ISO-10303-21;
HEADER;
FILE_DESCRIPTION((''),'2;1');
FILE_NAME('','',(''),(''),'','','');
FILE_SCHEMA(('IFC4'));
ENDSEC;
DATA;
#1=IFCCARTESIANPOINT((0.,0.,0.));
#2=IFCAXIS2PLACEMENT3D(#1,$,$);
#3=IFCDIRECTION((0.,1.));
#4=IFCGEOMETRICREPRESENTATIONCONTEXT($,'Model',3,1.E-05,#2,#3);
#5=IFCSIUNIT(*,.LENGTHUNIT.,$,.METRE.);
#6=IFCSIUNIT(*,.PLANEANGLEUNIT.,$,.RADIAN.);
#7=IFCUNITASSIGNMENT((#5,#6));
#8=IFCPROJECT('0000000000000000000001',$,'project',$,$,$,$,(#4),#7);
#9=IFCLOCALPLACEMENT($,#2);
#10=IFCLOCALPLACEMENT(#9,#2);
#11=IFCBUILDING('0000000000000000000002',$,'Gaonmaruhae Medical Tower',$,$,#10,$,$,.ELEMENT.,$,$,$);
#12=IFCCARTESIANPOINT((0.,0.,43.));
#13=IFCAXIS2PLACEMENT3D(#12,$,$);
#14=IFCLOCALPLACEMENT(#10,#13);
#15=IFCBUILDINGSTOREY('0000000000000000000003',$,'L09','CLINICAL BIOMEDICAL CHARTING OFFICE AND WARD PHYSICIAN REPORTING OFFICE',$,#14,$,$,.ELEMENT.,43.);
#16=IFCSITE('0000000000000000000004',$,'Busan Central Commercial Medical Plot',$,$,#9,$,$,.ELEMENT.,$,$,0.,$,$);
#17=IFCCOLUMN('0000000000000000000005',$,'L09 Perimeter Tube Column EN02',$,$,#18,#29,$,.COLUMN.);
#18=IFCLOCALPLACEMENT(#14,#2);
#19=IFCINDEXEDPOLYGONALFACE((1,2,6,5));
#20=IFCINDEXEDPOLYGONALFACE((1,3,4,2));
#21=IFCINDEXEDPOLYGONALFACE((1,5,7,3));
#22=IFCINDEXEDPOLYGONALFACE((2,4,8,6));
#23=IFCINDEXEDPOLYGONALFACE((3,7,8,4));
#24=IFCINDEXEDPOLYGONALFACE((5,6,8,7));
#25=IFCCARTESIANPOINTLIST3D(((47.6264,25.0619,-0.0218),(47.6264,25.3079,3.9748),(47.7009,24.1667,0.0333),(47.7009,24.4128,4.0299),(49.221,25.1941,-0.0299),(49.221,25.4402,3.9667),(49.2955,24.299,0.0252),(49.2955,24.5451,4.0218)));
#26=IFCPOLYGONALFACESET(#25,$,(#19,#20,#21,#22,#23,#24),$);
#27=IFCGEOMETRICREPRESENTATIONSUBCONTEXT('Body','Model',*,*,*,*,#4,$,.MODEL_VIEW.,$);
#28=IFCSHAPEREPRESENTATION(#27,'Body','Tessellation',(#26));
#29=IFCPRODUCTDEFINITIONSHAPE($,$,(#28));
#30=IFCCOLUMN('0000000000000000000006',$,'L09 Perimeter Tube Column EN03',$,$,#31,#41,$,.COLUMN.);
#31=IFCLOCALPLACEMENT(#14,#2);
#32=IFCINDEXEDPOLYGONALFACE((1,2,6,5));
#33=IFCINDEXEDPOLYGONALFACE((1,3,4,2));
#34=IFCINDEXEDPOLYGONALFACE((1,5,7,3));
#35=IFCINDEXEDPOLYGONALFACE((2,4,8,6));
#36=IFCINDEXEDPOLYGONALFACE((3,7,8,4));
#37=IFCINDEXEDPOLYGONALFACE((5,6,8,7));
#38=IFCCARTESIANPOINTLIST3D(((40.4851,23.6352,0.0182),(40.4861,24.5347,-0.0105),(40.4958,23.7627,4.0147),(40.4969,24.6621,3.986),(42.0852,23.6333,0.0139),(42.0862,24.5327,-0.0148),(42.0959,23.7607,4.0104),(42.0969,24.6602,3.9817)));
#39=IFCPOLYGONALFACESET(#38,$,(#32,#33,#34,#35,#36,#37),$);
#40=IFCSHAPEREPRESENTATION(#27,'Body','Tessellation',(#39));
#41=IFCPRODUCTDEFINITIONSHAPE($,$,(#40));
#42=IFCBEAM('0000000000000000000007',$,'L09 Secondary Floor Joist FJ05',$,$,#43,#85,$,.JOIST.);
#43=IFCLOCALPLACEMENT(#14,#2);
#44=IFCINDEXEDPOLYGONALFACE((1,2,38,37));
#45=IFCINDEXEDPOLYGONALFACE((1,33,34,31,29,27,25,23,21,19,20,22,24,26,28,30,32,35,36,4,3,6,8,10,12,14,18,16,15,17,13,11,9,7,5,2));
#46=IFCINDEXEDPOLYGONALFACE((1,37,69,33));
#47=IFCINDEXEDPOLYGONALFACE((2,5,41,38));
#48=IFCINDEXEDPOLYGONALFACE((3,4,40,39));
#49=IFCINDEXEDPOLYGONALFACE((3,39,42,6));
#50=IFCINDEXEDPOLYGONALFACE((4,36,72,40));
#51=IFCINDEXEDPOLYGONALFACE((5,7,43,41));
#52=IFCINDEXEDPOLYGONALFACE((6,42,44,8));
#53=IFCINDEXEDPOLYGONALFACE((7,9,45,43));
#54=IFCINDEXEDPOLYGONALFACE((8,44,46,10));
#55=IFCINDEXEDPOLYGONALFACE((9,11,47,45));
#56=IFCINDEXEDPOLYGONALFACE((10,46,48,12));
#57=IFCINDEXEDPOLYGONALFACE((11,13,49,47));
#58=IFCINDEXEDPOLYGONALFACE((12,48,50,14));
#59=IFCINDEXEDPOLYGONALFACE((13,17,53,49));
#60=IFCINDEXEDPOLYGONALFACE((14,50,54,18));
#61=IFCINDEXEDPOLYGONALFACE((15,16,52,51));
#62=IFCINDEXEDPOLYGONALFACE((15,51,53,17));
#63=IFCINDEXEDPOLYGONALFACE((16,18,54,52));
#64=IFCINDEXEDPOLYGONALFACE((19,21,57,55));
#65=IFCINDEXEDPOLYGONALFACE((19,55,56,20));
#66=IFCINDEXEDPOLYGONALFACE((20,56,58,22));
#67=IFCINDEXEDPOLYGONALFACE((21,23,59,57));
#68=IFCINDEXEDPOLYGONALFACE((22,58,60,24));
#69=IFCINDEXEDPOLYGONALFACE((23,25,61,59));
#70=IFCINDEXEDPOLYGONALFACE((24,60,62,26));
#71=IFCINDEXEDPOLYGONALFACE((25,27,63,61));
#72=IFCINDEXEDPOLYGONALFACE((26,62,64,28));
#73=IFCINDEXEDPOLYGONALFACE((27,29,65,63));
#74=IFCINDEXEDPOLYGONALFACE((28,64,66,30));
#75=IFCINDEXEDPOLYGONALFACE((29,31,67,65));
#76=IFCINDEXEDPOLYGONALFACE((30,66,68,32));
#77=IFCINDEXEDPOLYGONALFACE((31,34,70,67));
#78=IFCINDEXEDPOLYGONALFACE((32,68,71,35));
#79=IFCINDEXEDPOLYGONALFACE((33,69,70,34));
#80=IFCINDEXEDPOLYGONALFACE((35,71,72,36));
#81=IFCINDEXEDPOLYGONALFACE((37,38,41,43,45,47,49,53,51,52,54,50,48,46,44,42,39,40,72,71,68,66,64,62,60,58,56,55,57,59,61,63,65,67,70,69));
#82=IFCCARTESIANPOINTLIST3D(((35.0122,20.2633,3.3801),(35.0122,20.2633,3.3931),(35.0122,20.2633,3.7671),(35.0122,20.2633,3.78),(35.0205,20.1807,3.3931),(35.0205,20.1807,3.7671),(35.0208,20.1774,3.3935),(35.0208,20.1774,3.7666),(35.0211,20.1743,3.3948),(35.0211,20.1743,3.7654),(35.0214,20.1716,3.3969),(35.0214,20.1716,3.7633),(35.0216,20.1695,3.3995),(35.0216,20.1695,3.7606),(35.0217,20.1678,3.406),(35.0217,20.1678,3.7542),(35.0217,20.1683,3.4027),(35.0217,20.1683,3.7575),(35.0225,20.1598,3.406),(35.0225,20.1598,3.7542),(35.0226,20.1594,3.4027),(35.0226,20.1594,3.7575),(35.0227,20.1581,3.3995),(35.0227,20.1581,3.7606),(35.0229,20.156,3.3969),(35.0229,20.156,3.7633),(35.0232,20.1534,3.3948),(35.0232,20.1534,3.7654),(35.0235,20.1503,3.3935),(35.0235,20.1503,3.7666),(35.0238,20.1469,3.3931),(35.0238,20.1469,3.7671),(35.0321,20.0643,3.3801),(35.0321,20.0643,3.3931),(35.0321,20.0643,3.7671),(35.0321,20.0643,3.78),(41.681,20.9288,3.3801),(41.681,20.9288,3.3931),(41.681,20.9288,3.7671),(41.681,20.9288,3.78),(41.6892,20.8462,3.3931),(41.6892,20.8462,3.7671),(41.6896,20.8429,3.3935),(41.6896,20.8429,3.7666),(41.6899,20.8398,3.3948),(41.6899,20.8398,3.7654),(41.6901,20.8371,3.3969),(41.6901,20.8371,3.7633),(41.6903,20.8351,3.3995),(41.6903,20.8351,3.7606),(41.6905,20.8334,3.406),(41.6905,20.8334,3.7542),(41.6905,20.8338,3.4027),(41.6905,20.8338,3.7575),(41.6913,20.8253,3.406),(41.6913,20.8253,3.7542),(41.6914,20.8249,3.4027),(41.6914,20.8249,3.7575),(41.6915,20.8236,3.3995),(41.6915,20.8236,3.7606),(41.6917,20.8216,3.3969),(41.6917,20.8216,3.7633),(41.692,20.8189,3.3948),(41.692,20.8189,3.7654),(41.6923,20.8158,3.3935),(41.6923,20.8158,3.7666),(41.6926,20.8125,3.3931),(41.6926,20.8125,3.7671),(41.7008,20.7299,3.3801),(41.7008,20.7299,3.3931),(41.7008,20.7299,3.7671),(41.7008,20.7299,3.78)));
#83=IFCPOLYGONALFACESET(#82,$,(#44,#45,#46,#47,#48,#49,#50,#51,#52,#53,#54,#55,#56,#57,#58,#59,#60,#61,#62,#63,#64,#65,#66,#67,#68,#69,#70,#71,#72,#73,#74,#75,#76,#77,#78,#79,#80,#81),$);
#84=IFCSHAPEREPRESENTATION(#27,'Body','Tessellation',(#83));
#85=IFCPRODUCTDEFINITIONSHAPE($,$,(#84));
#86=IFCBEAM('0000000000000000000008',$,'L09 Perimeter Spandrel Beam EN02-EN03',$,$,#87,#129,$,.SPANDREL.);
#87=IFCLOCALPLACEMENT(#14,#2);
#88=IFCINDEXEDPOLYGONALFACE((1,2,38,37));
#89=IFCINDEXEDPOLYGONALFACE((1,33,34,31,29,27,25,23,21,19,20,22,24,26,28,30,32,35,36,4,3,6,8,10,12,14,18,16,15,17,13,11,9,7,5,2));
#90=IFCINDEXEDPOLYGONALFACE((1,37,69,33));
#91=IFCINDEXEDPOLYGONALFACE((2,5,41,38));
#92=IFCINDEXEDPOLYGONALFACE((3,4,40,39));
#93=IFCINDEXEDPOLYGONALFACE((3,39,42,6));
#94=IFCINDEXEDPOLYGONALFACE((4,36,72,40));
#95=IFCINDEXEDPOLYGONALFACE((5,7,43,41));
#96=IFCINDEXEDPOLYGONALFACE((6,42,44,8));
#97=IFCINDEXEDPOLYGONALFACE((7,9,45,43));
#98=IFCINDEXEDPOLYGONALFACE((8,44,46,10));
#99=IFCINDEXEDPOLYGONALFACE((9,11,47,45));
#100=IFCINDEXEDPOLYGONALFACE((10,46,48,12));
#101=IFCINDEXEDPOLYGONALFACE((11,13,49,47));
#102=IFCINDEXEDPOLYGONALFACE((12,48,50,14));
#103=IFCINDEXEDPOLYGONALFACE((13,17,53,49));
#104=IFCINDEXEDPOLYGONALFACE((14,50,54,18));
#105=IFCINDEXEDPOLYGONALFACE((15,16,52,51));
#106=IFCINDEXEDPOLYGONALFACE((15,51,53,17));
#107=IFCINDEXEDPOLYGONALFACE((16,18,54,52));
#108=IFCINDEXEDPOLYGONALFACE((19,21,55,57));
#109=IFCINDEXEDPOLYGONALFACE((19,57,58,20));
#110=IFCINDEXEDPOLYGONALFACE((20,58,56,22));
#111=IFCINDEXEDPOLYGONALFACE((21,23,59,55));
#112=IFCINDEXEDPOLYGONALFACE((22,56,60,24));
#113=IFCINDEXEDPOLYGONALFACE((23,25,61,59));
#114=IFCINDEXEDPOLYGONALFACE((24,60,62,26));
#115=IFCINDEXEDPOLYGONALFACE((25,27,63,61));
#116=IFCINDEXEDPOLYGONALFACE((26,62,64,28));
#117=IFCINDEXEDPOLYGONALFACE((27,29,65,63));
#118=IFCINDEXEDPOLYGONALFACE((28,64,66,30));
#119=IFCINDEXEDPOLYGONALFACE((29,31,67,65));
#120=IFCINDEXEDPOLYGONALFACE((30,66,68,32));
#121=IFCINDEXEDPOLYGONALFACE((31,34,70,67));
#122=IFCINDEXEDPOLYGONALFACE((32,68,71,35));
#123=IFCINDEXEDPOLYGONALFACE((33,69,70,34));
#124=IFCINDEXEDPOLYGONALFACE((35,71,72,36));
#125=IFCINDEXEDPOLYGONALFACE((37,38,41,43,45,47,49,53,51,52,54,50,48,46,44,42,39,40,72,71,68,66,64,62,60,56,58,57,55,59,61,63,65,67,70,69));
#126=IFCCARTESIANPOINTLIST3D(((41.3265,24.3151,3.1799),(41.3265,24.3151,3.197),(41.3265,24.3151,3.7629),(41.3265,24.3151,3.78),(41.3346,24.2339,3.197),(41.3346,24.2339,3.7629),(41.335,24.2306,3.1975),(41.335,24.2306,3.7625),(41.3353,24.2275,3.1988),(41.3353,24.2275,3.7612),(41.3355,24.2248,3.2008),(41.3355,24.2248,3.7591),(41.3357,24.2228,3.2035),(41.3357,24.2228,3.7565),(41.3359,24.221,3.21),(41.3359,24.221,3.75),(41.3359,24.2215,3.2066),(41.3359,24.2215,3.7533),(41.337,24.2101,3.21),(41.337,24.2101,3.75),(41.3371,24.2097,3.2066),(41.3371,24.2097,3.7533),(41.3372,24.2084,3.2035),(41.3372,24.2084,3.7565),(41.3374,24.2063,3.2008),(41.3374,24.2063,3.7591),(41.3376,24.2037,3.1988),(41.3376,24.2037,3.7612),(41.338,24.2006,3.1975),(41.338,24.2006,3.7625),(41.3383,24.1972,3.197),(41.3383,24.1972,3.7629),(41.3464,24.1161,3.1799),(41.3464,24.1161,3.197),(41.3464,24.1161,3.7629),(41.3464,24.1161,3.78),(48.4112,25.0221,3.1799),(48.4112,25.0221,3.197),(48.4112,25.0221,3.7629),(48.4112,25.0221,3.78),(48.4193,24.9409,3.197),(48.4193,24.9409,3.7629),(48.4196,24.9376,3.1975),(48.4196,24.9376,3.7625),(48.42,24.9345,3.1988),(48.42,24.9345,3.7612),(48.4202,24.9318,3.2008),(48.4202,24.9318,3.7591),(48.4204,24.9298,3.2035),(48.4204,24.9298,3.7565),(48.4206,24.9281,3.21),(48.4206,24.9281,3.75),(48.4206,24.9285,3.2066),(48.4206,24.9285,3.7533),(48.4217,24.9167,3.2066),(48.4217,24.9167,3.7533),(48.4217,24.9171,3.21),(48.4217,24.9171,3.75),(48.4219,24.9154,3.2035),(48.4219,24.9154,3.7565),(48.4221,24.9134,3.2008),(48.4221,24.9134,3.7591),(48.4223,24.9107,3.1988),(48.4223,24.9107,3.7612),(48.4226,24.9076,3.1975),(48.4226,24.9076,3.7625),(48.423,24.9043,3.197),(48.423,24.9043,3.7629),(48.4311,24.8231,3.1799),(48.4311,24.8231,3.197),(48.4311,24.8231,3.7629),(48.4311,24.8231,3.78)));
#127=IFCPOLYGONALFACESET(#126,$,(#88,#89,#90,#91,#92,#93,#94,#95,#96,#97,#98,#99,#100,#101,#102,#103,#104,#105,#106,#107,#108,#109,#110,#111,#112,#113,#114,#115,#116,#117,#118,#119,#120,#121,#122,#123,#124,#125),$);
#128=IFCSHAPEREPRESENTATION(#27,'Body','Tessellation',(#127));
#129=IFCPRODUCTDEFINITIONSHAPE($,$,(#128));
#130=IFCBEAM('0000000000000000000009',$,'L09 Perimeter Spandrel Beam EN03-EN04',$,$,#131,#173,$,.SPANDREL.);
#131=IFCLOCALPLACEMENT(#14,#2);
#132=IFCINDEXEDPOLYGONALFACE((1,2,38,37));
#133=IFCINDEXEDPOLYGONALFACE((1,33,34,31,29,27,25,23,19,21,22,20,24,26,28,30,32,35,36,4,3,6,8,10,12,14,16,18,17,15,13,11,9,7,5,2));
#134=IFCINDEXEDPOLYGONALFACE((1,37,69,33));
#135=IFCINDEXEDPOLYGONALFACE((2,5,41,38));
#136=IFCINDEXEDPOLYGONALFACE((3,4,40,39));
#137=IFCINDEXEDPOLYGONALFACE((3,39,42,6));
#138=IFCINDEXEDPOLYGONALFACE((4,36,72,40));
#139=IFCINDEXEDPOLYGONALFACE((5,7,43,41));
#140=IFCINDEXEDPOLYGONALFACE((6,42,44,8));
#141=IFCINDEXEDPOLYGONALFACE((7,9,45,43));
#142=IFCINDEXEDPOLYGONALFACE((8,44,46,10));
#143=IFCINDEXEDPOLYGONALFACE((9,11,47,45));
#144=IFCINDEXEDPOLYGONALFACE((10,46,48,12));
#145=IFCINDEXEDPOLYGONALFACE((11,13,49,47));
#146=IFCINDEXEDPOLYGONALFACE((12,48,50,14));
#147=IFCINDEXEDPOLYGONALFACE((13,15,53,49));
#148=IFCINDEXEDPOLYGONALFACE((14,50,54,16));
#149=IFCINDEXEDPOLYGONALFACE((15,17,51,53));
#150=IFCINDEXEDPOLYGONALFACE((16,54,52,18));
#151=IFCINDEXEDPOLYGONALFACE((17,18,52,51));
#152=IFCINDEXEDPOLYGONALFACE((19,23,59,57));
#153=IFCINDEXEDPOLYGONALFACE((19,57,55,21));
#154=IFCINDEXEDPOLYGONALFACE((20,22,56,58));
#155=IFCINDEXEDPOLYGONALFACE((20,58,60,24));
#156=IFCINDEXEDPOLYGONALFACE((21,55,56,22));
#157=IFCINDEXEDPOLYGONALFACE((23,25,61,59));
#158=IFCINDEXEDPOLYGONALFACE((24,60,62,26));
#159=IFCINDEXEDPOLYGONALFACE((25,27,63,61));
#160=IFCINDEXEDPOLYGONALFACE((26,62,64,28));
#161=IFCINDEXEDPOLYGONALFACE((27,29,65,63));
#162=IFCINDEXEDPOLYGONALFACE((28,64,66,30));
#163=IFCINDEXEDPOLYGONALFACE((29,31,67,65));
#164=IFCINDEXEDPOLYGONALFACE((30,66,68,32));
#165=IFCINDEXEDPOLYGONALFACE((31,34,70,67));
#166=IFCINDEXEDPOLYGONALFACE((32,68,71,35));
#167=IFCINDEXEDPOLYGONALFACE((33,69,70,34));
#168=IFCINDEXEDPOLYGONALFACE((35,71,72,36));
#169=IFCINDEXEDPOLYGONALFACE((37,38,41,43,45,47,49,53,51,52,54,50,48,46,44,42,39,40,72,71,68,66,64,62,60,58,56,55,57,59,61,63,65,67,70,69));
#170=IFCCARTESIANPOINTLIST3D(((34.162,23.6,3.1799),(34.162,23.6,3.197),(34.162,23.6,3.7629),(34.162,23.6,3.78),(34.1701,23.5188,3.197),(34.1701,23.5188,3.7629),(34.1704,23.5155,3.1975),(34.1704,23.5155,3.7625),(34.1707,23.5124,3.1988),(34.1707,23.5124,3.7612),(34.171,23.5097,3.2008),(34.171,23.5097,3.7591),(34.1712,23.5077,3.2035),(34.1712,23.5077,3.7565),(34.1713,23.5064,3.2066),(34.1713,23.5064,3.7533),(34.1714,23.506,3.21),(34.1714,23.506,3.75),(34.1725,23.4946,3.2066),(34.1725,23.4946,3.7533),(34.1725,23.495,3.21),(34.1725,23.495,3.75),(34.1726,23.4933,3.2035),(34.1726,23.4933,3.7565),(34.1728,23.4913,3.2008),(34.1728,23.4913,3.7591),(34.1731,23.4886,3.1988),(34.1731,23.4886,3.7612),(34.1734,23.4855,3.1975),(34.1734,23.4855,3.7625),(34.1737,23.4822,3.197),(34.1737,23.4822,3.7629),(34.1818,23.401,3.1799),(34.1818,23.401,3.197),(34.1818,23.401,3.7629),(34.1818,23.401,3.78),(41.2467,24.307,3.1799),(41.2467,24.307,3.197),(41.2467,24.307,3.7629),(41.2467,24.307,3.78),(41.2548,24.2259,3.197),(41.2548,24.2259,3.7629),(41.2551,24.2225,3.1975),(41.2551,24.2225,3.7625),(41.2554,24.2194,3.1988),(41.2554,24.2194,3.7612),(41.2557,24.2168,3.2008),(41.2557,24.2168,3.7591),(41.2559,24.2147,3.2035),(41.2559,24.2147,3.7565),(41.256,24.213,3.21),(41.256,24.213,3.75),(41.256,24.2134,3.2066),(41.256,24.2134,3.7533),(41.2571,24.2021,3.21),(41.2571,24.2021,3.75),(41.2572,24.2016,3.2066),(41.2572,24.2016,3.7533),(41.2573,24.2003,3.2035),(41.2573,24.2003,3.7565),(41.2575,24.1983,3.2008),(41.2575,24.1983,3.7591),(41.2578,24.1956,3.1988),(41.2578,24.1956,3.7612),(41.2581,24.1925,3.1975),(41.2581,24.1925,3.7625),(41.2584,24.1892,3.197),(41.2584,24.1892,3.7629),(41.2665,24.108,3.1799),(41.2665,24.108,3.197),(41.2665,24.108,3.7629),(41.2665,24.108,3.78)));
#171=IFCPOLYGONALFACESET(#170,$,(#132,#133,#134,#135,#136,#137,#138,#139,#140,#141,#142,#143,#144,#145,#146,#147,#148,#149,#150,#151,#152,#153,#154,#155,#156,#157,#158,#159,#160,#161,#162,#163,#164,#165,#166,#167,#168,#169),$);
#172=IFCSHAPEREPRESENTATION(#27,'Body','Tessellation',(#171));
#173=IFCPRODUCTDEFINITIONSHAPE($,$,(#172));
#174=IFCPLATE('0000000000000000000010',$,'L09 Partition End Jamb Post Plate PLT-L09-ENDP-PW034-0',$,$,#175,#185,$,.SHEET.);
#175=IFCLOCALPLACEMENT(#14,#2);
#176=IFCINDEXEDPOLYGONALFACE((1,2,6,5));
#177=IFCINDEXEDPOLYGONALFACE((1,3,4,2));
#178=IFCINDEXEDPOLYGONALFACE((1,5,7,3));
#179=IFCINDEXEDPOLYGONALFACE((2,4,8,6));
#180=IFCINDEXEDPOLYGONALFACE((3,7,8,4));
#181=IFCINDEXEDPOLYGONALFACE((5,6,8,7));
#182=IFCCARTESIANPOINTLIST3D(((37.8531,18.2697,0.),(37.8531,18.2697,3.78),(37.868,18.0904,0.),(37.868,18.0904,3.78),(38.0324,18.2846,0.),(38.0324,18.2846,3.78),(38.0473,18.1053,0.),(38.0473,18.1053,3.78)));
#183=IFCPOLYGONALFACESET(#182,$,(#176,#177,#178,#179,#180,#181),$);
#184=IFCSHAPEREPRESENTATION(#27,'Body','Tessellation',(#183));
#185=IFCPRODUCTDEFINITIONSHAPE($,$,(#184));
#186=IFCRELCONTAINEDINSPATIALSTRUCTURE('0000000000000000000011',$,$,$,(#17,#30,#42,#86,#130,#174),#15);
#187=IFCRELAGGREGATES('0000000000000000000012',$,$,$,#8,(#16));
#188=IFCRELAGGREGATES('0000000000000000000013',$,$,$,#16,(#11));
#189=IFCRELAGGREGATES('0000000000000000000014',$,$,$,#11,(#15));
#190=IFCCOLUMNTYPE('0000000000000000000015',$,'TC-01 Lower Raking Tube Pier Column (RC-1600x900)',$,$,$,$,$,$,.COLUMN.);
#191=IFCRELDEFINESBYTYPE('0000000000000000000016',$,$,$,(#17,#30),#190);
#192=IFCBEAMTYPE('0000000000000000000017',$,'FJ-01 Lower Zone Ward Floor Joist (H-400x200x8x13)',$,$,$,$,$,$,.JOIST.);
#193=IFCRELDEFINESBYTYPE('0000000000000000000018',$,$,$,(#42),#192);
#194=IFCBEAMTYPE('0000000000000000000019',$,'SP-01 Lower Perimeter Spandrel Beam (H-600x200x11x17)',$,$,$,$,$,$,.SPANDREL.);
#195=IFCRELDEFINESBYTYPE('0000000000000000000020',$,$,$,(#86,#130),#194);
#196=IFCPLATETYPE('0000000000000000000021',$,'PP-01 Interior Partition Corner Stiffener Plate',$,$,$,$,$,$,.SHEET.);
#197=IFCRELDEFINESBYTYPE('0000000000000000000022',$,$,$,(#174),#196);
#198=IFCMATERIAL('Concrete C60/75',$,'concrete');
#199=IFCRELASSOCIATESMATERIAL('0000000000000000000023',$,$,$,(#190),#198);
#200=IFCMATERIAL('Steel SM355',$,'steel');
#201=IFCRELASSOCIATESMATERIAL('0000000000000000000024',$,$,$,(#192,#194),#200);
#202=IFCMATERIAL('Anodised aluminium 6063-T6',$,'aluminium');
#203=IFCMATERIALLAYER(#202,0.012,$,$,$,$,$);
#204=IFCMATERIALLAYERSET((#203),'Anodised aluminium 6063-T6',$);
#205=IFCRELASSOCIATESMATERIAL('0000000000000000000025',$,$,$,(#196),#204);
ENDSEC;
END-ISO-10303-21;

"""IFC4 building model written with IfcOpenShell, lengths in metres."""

from ifc_helpers import new_model, si_unit, direction, frame, origin, origin_2d, place, context, subcontext, project, spatial, rectangle, i_section, extrude, material, layer, layer_set, material_profile, profile_set, type_object, element, save


model = new_model("IFC4")

# Units and contexts
model_context = context("Model", 3, precision=1e-05, world=origin(), true_north=direction((0.0, 1.0)))
body_context = subcontext(model_context, "Body", "Model", "MODEL_VIEW")
ifc_project = project(units=[si_unit("LENGTHUNIT", "METRE"), si_unit("PLANEANGLEUNIT", "RADIAN")], contexts=[model_context])

# Site, building, storey
site_placement = place(None, origin())
site = spatial("IfcSite", under=ifc_project, at=site_placement, Name="Busan Central Commercial Medical Plot", CompositionType="ELEMENT", RefElevation=0.0)
building_placement = place(site_placement, origin())
building = spatial("IfcBuilding", under=site, at=building_placement, Name="Gaonmaruhae Medical Tower", CompositionType="ELEMENT")
storey_placement = place(building_placement, frame((0.0, 0.0, 43.0)))
storey = spatial("IfcBuildingStorey", under=building, at=storey_placement, Name="L09", Description="CLINICAL BIOMEDICAL CHARTING OFFICE AND WARD PHYSICIAN REPORTING OFFICE", CompositionType="ELEMENT", Elevation=43.0)

# Columns
ifc_material_1 = material(Name="Concrete C60/75", Category="concrete")
ifc_material_profile_1 = material_profile(ifc_material_1, rectangle(XDim=1.6001, YDim=0.8999, at=origin_2d()), Name="RC-1600x900")
ifc_profile_set_1 = profile_set([ifc_material_profile_1], Name="Concrete C60/75")
column_type = type_object("IfcColumnType", Name="TC-01 Lower Raking Tube Pier Column (RC-1600x900)", PredefinedType="COLUMN", material=ifc_profile_set_1)
column_1_placement = place(storey_placement, frame((48.4609, 24.6804, 0.0017), z_axis=(0.0, 0.06146, 0.99811), x_axis=(-0.996566, -0.082652, 0.005089)))
element("IfcColumn", 1, at=column_1_placement, inside=storey, type_object=column_type, Name="L09 Perimeter Tube Column EN02", PredefinedType="COLUMN", context=body_context, shape_type="SweptSolid", body=[
    extrude(rectangle(XDim=1.6001, YDim=0.8999, at=origin_2d()), origin(), (0.0, 0.0, 1.0), 4.0042),
])
column_2_placement = place(storey_placement, frame((41.2856, 24.084, 0.0017), z_axis=(0.002686, 0.031871, 0.999488), x_axis=(-0.999996, 0.001231, 0.002649)))
element("IfcColumn", 2, at=column_2_placement, inside=storey, type_object=column_type, Name="L09 Perimeter Tube Column EN03", PredefinedType="COLUMN", context=body_context, shape_type="SweptSolid", body=[
    extrude(rectangle(XDim=1.6001, YDim=0.8999, at=origin_2d()), origin(), (0.0, 0.0, 1.0), 3.9985),
])

# Beams
ifc_material_2 = material(Name="Steel SM355", Category="steel")
ifc_material_profile_2 = material_profile(ifc_material_2, i_section(OverallWidth=0.2, OverallDepth=0.3999, WebThickness=0.0081, FlangeThickness=0.0129, FilletRadius=0.0129, at=origin_2d()), Name="H-400x200x8x13")
ifc_profile_set_2 = profile_set([ifc_material_profile_2], Name="Steel SM355")
beam_type_1 = type_object("IfcBeamType", Name="FJ-01 Lower Zone Ward Floor Joist (H-400x200x8x13)", PredefinedType="JOIST", material=ifc_profile_set_2)
beam_placement = place(storey_placement, frame((41.6909, 20.8293, 3.5801), z_axis=(-0.995057, -0.099305, 0.0), x_axis=(0.099305, -0.995057, 0.0)))
element("IfcBeam", 3, at=beam_placement, inside=storey, type_object=beam_type_1, Name="L09 Secondary Floor Joist FJ05", PredefinedType="JOIST", context=body_context, shape_type="SweptSolid", body=[
    extrude(i_section(OverallWidth=0.2, OverallDepth=0.3999, WebThickness=0.0081, FlangeThickness=0.0129, FilletRadius=0.0129, at=origin_2d()), origin(), (0.0, 0.0, 1.0), 6.7019),
])
ifc_material_profile_3 = material_profile(ifc_material_2, i_section(OverallWidth=0.2, OverallDepth=0.6001, WebThickness=0.011, FlangeThickness=0.0171, FilletRadius=0.0129, at=origin_2d()), Name="H-600x200x11x17")
ifc_profile_set_3 = profile_set([ifc_material_profile_3], Name="Steel SM355")
beam_type_2 = type_object("IfcBeamType", Name="SP-01 Lower Perimeter Spandrel Beam (H-600x200x11x17)", PredefinedType="SPANDREL", material=ifc_profile_set_3)
for number, where, z_axis, x_axis, name in (
    (4, (48.4211, 24.9226, 3.48), (-0.995057, -0.099303, 0.0), (0.099303, -0.995057, 0.0), "L09 Perimeter Spandrel Beam EN02-EN03"),
    (5, (41.2566, 24.2075, 3.48), (-0.995057, -0.099303, 0.0), (0.099303, -0.995057, 0.0), "L09 Perimeter Spandrel Beam EN03-EN04"),
):
    element("IfcBeam", number, at=place(storey_placement, frame(where, z_axis=z_axis, x_axis=x_axis)), inside=storey, type_object=beam_type_2, Name=name, PredefinedType="SPANDREL", context=body_context, shape_type="SweptSolid", body=[
        extrude(i_section(OverallWidth=0.2, OverallDepth=0.6001, WebThickness=0.011, FlangeThickness=0.0171, FilletRadius=0.0129, at=origin_2d()), origin(), (0.0, 0.0, 1.0), 7.1199),
    ])

# Plate
ifc_material_3 = material(Name="Anodised aluminium 6063-T6", Category="aluminium")
ifc_layer_1 = layer(ifc_material_3, 0.012)
ifc_layer_set_1 = layer_set([ifc_layer_1], Name="Anodised aluminium 6063-T6")
plate_type = type_object("IfcPlateType", Name="PP-01 Interior Partition Corner Stiffener Plate", PredefinedType="SHEET", material=ifc_layer_set_1)
plate_placement = place(storey_placement, frame((37.9502, 18.1875, 0.0), z_axis=(0.0, 0.0, 1.0), x_axis=(0.99656, 0.082878, 0.0)))
element("IfcPlate", 6, at=plate_placement, inside=storey, type_object=plate_type, Name="L09 Partition End Jamb Post Plate PLT-L09-ENDP-PW034-0", PredefinedType="SHEET", context=body_context, shape_type="SweptSolid", body=[
    extrude(rectangle(XDim=0.1799, YDim=0.1799, at=origin_2d()), origin(), (0.0, 0.0, 1.0), 3.78),
])

save(model, "model.ifc")
